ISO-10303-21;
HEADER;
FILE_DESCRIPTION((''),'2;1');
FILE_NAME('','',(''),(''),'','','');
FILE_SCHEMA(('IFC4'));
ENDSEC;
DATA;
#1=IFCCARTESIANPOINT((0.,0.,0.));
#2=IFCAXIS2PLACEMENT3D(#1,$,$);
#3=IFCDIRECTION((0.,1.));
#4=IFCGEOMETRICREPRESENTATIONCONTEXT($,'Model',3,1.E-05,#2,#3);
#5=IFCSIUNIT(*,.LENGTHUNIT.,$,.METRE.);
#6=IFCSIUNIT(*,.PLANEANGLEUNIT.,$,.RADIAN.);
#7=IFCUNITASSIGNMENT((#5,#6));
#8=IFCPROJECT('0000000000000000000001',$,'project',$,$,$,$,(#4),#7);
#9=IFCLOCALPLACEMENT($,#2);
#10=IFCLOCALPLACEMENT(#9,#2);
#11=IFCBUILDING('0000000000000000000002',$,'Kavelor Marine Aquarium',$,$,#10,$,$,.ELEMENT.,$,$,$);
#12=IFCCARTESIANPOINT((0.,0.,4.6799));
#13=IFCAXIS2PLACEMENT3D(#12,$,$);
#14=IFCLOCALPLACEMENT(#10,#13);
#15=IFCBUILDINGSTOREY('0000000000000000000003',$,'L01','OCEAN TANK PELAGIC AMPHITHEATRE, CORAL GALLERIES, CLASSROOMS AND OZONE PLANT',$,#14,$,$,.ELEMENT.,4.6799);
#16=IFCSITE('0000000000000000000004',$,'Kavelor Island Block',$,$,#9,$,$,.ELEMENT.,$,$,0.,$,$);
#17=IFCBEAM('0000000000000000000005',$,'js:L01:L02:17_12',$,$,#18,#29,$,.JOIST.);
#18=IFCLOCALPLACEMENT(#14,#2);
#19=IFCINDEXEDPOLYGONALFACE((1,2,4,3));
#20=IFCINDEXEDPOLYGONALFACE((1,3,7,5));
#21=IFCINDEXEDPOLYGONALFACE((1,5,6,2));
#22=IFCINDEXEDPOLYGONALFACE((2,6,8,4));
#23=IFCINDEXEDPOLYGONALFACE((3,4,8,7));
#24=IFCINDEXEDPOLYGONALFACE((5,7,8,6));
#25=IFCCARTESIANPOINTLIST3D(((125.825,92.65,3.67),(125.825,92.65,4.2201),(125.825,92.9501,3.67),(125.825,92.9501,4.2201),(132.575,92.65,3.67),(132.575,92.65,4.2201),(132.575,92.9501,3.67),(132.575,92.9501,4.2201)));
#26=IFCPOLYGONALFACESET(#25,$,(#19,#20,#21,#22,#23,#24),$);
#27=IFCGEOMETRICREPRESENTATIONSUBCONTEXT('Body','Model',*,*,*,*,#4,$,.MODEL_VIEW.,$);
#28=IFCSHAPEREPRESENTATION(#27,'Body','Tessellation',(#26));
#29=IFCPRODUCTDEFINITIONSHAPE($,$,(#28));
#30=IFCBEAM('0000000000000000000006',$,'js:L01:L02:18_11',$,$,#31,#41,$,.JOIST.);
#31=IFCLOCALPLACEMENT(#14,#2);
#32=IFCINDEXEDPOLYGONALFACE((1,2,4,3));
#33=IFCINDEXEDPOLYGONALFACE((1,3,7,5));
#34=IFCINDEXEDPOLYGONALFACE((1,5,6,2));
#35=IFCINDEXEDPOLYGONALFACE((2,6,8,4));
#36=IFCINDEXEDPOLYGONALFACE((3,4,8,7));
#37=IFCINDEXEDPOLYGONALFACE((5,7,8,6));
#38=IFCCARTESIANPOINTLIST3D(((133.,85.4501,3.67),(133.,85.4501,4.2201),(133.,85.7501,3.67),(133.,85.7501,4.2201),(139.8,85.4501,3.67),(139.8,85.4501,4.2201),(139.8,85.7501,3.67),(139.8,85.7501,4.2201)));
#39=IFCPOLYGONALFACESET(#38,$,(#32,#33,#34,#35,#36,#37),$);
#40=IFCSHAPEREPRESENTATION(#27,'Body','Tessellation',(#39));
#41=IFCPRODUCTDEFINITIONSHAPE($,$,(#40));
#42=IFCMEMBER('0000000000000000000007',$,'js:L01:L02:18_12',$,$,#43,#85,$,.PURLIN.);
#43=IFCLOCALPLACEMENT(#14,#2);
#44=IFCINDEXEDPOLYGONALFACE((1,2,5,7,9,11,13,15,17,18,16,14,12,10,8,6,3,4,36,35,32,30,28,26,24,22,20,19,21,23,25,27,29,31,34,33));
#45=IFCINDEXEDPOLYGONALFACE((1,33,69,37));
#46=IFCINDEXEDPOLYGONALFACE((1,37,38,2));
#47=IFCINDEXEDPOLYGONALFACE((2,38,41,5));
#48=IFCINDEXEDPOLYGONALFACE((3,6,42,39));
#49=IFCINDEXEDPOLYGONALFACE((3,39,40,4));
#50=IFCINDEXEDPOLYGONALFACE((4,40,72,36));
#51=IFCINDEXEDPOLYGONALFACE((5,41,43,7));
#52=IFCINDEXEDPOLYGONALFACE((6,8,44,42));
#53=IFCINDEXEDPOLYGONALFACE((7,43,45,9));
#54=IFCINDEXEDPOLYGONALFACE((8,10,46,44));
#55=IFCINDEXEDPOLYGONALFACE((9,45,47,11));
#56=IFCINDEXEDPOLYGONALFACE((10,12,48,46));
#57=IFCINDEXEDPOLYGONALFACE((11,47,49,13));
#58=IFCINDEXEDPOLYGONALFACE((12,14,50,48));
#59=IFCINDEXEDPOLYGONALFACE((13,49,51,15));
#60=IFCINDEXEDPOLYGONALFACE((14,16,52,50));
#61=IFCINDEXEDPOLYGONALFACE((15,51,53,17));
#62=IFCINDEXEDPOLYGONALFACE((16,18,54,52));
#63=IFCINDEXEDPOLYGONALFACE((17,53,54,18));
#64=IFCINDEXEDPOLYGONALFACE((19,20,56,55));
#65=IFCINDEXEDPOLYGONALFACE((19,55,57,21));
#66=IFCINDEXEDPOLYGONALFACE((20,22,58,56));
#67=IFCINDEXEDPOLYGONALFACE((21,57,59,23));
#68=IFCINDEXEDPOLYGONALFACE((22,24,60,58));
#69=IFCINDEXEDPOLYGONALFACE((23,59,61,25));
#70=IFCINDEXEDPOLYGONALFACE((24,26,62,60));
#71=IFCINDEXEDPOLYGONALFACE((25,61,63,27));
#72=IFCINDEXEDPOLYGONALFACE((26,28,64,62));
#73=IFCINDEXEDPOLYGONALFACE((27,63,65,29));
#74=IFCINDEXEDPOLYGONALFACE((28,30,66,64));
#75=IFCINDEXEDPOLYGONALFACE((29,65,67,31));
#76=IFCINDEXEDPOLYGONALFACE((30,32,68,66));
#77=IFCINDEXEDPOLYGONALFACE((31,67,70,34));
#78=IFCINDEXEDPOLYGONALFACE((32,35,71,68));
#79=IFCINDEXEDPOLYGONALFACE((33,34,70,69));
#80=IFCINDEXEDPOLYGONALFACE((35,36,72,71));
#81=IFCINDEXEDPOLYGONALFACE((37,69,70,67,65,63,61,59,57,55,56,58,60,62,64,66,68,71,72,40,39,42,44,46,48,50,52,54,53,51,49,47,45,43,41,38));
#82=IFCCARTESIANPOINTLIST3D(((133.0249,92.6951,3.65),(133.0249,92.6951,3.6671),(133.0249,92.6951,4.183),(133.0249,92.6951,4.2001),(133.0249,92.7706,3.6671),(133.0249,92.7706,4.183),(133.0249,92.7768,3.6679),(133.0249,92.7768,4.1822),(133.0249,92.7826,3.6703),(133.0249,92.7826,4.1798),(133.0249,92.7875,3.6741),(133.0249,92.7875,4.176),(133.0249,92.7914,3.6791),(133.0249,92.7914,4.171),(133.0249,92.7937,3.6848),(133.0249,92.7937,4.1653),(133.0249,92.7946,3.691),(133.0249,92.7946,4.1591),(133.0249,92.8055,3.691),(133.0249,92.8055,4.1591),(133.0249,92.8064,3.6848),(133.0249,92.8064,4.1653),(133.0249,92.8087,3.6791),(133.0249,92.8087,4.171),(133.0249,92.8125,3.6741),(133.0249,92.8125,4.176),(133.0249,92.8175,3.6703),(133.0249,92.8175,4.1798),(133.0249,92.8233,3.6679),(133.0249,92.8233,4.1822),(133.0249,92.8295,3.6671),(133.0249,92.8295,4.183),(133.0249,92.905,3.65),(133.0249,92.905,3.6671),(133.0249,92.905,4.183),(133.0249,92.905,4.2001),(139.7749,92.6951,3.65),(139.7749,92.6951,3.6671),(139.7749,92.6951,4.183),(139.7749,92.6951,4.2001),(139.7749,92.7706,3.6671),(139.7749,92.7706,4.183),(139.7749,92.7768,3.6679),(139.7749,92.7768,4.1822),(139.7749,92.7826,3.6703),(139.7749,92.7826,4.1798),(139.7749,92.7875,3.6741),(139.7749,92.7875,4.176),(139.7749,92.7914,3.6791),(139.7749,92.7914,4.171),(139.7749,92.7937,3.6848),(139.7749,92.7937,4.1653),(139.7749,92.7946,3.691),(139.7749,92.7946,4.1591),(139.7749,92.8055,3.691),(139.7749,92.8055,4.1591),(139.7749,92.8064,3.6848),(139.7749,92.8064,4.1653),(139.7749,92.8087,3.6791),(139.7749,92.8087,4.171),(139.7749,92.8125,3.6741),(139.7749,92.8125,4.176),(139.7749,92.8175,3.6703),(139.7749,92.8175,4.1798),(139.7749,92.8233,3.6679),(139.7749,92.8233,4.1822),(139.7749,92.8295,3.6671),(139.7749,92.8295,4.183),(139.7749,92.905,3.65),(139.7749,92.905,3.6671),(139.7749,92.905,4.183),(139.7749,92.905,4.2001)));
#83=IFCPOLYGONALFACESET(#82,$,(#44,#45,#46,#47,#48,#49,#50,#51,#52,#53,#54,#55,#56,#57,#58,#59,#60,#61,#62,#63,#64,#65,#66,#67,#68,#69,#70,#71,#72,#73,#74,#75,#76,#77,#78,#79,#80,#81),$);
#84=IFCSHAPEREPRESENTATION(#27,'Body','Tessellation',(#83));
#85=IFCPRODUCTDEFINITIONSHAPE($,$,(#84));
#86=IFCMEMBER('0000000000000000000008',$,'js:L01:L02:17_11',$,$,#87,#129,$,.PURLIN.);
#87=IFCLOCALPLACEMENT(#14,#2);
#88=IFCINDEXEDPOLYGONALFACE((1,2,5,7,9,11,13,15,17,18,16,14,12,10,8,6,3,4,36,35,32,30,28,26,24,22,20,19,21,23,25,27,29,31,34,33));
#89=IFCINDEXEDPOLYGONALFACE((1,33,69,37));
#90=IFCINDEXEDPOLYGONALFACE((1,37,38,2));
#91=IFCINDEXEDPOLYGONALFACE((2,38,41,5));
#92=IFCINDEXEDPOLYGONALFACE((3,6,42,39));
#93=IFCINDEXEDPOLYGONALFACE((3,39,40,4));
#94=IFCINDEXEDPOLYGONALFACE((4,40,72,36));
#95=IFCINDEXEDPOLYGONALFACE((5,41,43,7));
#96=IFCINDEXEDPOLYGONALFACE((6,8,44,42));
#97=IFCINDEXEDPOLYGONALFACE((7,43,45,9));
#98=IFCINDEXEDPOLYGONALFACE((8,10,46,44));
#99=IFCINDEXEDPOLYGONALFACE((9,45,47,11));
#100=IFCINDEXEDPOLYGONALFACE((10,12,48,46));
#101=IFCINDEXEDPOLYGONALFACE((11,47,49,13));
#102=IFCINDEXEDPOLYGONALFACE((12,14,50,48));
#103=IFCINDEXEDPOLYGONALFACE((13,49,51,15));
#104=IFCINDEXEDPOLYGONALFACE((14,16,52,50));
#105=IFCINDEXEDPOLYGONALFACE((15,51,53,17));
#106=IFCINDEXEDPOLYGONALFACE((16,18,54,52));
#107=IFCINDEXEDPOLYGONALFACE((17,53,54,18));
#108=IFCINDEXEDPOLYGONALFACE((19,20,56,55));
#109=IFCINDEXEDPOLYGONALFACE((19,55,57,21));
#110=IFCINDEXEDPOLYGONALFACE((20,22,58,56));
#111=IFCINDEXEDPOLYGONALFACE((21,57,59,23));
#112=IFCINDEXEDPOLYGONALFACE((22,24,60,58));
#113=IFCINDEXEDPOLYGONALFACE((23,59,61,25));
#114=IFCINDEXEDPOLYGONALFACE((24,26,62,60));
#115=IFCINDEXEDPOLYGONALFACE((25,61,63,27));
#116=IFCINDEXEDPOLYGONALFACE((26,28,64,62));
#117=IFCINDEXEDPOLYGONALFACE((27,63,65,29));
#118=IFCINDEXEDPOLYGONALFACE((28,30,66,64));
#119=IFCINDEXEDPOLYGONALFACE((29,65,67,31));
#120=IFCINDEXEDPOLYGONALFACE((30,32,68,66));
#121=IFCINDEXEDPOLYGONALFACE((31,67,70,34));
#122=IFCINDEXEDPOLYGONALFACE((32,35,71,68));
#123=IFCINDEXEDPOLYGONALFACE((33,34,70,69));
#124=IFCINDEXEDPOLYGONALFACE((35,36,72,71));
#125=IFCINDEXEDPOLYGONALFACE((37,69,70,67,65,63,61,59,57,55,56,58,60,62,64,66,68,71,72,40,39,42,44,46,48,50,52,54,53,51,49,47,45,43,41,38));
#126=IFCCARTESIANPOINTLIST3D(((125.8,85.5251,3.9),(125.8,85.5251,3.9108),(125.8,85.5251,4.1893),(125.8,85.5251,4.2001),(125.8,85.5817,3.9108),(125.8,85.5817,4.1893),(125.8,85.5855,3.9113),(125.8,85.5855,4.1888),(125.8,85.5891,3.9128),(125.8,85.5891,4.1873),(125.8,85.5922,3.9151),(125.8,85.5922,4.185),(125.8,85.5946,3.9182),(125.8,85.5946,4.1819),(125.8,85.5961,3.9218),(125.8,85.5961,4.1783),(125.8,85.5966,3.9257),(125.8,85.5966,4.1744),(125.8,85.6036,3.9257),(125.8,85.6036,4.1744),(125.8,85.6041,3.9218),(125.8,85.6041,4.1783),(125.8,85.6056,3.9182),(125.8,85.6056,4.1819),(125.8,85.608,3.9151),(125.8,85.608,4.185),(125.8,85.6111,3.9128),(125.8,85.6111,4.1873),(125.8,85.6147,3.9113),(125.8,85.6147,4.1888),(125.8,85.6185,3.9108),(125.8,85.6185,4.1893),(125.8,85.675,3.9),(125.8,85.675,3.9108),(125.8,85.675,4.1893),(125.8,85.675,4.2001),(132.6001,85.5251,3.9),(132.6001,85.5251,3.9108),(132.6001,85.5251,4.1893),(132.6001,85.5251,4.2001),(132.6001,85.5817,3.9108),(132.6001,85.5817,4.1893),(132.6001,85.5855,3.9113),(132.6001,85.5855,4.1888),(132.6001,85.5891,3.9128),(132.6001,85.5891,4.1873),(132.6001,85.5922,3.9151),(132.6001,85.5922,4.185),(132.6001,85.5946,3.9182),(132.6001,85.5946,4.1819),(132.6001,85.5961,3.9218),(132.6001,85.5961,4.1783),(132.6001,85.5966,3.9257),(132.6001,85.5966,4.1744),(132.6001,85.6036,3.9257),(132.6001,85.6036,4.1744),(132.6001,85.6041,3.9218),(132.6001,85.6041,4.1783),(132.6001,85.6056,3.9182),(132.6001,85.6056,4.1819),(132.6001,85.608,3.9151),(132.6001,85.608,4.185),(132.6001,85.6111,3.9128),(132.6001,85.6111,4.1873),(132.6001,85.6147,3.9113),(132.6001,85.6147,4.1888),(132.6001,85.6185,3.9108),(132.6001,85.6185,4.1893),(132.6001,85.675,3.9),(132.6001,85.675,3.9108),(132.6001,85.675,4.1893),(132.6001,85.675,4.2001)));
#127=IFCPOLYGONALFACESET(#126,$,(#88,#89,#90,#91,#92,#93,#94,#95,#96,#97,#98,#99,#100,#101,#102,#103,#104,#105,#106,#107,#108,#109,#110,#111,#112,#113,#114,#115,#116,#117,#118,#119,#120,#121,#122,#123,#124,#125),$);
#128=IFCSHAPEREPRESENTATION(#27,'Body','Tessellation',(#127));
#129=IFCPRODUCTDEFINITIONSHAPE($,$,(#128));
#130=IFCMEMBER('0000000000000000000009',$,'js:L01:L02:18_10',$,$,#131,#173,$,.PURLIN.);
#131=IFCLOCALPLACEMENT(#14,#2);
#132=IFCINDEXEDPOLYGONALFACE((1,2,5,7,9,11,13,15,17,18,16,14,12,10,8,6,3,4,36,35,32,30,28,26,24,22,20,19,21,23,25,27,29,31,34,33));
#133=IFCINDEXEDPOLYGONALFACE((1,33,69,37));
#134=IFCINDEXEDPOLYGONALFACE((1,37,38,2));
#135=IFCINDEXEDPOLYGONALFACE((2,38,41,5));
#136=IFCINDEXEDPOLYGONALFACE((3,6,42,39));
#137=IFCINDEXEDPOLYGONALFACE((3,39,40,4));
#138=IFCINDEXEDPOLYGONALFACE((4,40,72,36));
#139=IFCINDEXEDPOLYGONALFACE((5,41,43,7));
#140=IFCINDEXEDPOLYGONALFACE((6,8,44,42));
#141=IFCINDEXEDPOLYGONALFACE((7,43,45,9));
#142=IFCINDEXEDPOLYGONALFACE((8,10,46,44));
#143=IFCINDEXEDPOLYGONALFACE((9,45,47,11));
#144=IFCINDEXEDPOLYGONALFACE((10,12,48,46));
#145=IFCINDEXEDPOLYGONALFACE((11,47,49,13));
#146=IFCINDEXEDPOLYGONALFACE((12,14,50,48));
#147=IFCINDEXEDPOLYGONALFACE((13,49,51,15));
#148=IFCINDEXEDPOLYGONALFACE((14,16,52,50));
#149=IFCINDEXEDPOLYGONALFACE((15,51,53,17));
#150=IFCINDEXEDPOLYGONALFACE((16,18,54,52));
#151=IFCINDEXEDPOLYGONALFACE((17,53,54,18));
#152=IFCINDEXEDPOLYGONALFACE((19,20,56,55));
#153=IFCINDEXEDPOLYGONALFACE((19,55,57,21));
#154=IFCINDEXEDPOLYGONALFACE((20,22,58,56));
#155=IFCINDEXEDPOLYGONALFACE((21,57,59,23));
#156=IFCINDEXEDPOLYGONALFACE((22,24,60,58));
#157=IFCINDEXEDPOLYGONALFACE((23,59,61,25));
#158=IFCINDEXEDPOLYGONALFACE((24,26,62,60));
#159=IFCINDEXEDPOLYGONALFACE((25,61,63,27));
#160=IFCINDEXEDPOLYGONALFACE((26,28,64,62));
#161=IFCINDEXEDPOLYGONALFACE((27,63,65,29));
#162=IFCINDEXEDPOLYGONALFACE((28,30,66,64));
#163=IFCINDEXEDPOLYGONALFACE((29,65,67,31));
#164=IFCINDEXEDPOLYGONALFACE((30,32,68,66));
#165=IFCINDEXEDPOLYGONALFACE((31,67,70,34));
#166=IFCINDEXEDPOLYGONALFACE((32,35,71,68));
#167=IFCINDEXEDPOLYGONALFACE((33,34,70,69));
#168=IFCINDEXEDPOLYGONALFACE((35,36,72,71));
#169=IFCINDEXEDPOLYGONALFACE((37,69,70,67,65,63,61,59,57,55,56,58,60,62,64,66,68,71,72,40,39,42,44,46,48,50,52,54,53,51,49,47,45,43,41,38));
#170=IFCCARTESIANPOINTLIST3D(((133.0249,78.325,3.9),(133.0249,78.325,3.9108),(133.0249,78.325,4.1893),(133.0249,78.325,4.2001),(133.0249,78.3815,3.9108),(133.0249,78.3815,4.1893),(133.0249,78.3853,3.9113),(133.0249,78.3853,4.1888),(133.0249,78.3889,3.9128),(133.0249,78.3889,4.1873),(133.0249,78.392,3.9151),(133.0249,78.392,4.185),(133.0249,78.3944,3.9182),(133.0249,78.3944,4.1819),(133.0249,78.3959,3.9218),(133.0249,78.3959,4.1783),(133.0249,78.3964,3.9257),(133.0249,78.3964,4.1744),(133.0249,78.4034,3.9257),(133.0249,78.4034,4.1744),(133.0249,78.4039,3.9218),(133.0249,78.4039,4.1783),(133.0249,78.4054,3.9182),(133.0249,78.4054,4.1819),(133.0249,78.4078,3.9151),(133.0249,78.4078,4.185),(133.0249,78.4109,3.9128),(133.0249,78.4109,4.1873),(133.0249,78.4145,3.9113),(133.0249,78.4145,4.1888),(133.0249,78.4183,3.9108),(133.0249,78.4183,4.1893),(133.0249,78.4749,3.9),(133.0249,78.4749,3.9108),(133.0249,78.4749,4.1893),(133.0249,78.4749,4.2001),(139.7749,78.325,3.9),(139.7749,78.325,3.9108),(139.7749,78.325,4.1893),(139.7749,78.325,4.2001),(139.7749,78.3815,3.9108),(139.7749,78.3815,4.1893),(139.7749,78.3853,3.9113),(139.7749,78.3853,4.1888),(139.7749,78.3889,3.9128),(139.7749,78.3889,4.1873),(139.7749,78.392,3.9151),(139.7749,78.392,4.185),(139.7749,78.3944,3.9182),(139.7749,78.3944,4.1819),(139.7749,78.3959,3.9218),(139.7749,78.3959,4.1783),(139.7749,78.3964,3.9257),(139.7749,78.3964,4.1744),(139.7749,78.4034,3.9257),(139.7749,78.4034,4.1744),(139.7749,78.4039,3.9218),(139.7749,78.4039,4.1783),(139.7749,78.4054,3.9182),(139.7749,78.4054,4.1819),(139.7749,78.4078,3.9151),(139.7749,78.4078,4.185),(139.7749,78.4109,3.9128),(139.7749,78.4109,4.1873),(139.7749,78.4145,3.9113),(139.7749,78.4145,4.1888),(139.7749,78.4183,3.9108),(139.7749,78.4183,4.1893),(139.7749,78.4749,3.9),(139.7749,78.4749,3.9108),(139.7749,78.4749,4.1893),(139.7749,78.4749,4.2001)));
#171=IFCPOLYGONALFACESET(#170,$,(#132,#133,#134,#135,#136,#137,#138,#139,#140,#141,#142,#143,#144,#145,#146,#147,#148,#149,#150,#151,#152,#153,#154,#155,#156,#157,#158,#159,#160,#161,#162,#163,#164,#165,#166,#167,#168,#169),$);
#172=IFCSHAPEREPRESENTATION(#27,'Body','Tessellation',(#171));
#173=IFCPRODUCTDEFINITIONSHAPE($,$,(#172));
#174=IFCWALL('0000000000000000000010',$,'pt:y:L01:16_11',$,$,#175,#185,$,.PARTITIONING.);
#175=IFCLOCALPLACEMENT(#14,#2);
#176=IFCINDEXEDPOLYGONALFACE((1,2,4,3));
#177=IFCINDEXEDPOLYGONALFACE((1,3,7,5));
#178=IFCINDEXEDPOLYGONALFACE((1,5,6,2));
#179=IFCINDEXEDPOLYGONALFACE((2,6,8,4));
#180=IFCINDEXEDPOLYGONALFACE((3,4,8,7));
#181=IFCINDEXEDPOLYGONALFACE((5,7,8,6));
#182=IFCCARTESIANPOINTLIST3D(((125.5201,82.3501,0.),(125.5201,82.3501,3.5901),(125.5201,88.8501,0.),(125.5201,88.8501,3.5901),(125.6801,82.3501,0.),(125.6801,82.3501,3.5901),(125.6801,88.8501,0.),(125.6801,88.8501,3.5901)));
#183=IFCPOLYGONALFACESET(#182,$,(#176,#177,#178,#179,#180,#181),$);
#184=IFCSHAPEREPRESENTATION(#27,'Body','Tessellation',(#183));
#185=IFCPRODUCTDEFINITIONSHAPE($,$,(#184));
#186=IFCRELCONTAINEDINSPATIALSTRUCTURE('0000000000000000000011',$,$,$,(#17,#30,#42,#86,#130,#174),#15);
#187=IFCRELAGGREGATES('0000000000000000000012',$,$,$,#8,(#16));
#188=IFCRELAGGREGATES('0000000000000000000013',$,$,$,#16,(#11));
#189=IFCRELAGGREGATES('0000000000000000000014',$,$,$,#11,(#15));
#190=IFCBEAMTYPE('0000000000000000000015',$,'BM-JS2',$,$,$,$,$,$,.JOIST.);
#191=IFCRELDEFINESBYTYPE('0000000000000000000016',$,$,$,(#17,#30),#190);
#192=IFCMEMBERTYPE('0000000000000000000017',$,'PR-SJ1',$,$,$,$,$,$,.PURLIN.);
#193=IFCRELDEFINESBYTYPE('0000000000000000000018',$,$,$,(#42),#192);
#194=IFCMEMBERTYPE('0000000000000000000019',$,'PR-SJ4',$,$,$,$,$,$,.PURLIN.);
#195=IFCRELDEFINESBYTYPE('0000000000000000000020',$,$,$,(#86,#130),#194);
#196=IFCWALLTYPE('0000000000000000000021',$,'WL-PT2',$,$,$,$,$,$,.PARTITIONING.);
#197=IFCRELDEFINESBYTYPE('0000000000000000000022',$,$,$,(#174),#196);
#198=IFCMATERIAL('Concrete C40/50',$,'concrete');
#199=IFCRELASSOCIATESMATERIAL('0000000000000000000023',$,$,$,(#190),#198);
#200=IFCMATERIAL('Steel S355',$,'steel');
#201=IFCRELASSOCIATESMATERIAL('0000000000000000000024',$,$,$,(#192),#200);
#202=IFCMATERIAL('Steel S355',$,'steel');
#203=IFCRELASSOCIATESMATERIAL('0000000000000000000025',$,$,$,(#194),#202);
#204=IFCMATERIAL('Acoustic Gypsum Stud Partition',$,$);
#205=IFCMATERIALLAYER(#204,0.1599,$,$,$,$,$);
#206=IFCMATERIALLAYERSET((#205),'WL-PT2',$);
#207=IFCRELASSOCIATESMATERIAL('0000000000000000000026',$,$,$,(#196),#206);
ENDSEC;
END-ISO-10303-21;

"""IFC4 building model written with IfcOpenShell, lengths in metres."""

from ifc_helpers import new_model, si_unit, direction, frame, frame_2d, origin, origin_2d, place, context, subcontext, project, spatial, rectangle, i_section, extrude, material, layer, layer_set, material_profile, profile_set, type_object, element, save


model = new_model("IFC4")

# Units and contexts
model_context = context("Model", 3, precision=1e-05, world=origin(), true_north=direction((0.0, 1.0)))
body_context = subcontext(model_context, "Body", "Model", "MODEL_VIEW")
ifc_project = project(units=[si_unit("LENGTHUNIT", "METRE"), si_unit("PLANEANGLEUNIT", "RADIAN")], contexts=[model_context])

# Site, building, storey
site_placement = place(None, origin())
site = spatial("IfcSite", under=ifc_project, at=site_placement, Name="Kavelor Island Block", CompositionType="ELEMENT", RefElevation=0.0)
building_placement = place(site_placement, origin())
building = spatial("IfcBuilding", under=site, at=building_placement, Name="Kavelor Marine Aquarium", CompositionType="ELEMENT")
storey_placement = place(building_placement, frame((0.0, 0.0, 4.6799)))
storey = spatial("IfcBuildingStorey", under=building, at=storey_placement, Name="L01", Description="OCEAN TANK PELAGIC AMPHITHEATRE, CORAL GALLERIES, CLASSROOMS AND OZONE PLANT", CompositionType="ELEMENT", Elevation=4.6799)

# Beams
ifc_material_1 = material(Name="Concrete C40/50", Category="concrete")
ifc_material_profile_1 = material_profile(ifc_material_1, rectangle(XDim=0.3, YDim=0.55, at=origin_2d()), Name="RC-JS 300x550")
ifc_profile_set_1 = profile_set([ifc_material_profile_1], Name="Concrete C40/50")
beam_type_1 = type_object("IfcBeamType", Name="BM-JS2", PredefinedType="JOIST", material=ifc_profile_set_1)
for number, where, z_axis, x_axis, name in (
    (1, (125.825, 92.8, 3.9451), (1.0, 0.0, 0.0), (0.0, 1.0, 0.0), "js:L01:L02:17_12"),
):
    element("IfcBeam", number, at=place(storey_placement, frame(where, z_axis=z_axis, x_axis=x_axis)), inside=storey, type_object=beam_type_1, Name=name, PredefinedType="JOIST", context=body_context, shape_type="SweptSolid", body=[
        extrude(rectangle(XDim=0.3, YDim=0.55, at=origin_2d()), origin(), (0.0, 0.0, 1.0), 6.75),
    ])
beam_placement = place(storey_placement, frame((133.0, 85.6001, 3.9451), z_axis=(1.0, 0.0, 0.0), x_axis=(0.0, 1.0, 0.0)))
element("IfcBeam", 2, at=beam_placement, inside=storey, type_object=beam_type_1, Name="js:L01:L02:18_11", PredefinedType="JOIST", context=body_context, shape_type="SweptSolid", body=[
    extrude(rectangle(XDim=0.3, YDim=0.55, at=origin_2d()), origin(), (0.0, 0.0, 1.0), 6.8),
])

# Members
ifc_material_2 = material(Name="Steel S355", Category="steel")
ifc_material_profile_2 = material_profile(ifc_material_2, i_section(OverallWidth=0.21, OverallDepth=0.55, WebThickness=0.011, FlangeThickness=0.0171, FilletRadius=0.0239, at=origin_2d()), Name="IPE 550")
ifc_profile_set_2 = profile_set([ifc_material_profile_2], Name="Steel S355")
member_type_1 = type_object("IfcMemberType", Name="PR-SJ1", PredefinedType="PURLIN", material=ifc_profile_set_2)
member_1_placement = place(storey_placement, frame((133.0249, 92.8, 3.925), z_axis=(1.0, 0.0, 0.0), x_axis=(0.0, 1.0, 0.0)))
element("IfcMember", 3, at=member_1_placement, inside=storey, type_object=member_type_1, Name="js:L01:L02:18_12", PredefinedType="PURLIN", context=body_context, shape_type="SweptSolid", body=[
    extrude(i_section(OverallWidth=0.21, OverallDepth=0.55, WebThickness=0.011, FlangeThickness=0.0171, FilletRadius=0.0239, at=origin_2d()), origin(), (0.0, 0.0, 1.0), 6.75),
])
ifc_material_3 = material(Name="Steel S355", Category="steel")
ifc_material_profile_3 = material_profile(ifc_material_3, i_section(OverallWidth=0.1499, OverallDepth=0.3, WebThickness=0.0071, FlangeThickness=0.0107, FilletRadius=0.0149, at=origin_2d()), Name="IPE 300")
ifc_profile_set_3 = profile_set([ifc_material_profile_3], Name="Steel S355")
member_type_2 = type_object("IfcMemberType", Name="PR-SJ4", PredefinedType="PURLIN", material=ifc_profile_set_3)
member_2_placement = place(storey_placement, frame((125.8, 85.6001, 4.05), z_axis=(1.0, 0.0, 0.0), x_axis=(0.0, 1.0, 0.0)))
element("IfcMember", 4, at=member_2_placement, inside=storey, type_object=member_type_2, Name="js:L01:L02:17_11", PredefinedType="PURLIN", context=body_context, shape_type="SweptSolid", body=[
    extrude(i_section(OverallWidth=0.1499, OverallDepth=0.3, WebThickness=0.0071, FlangeThickness=0.0107, FilletRadius=0.0149, at=origin_2d()), origin(), (0.0, 0.0, 1.0), 6.8),
])
member_3_placement = place(storey_placement, frame((133.0249, 78.3999, 4.05), z_axis=(1.0, 0.0, 0.0), x_axis=(0.0, 1.0, 0.0)))
element("IfcMember", 5, at=member_3_placement, inside=storey, type_object=member_type_2, Name="js:L01:L02:18_10", PredefinedType="PURLIN", context=body_context, shape_type="SweptSolid", body=[
    extrude(i_section(OverallWidth=0.1499, OverallDepth=0.3, WebThickness=0.0071, FlangeThickness=0.0107, FilletRadius=0.0149, at=origin_2d()), origin(), (0.0, 0.0, 1.0), 6.75),
])

# Wall
ifc_material_4 = material(Name="Acoustic Gypsum Stud Partition")
ifc_layer = layer(ifc_material_4, 0.1599)
ifc_layer_set = layer_set([ifc_layer], Name="WL-PT2")
wall_type = type_object("IfcWallType", Name="WL-PT2", PredefinedType="PARTITIONING", material=ifc_layer_set)
wall_1_placement = place(storey_placement, frame((125.6001, 82.3501, 0.0), z_axis=(0.0, 0.0, 1.0), x_axis=(0.0, 1.0, 0.0)))
element("IfcWall", 6, at=wall_1_placement, inside=storey, type_object=wall_type, Name="pt:y:L01:16_11", PredefinedType="PARTITIONING", context=body_context, shape_type="SweptSolid", body=[
    extrude(rectangle(XDim=6.5, YDim=0.1599, at=frame_2d((3.25, 0.0))), origin(), (0.0, 0.0, 1.0), 3.5901),
])

save(model, "model.ifc")
